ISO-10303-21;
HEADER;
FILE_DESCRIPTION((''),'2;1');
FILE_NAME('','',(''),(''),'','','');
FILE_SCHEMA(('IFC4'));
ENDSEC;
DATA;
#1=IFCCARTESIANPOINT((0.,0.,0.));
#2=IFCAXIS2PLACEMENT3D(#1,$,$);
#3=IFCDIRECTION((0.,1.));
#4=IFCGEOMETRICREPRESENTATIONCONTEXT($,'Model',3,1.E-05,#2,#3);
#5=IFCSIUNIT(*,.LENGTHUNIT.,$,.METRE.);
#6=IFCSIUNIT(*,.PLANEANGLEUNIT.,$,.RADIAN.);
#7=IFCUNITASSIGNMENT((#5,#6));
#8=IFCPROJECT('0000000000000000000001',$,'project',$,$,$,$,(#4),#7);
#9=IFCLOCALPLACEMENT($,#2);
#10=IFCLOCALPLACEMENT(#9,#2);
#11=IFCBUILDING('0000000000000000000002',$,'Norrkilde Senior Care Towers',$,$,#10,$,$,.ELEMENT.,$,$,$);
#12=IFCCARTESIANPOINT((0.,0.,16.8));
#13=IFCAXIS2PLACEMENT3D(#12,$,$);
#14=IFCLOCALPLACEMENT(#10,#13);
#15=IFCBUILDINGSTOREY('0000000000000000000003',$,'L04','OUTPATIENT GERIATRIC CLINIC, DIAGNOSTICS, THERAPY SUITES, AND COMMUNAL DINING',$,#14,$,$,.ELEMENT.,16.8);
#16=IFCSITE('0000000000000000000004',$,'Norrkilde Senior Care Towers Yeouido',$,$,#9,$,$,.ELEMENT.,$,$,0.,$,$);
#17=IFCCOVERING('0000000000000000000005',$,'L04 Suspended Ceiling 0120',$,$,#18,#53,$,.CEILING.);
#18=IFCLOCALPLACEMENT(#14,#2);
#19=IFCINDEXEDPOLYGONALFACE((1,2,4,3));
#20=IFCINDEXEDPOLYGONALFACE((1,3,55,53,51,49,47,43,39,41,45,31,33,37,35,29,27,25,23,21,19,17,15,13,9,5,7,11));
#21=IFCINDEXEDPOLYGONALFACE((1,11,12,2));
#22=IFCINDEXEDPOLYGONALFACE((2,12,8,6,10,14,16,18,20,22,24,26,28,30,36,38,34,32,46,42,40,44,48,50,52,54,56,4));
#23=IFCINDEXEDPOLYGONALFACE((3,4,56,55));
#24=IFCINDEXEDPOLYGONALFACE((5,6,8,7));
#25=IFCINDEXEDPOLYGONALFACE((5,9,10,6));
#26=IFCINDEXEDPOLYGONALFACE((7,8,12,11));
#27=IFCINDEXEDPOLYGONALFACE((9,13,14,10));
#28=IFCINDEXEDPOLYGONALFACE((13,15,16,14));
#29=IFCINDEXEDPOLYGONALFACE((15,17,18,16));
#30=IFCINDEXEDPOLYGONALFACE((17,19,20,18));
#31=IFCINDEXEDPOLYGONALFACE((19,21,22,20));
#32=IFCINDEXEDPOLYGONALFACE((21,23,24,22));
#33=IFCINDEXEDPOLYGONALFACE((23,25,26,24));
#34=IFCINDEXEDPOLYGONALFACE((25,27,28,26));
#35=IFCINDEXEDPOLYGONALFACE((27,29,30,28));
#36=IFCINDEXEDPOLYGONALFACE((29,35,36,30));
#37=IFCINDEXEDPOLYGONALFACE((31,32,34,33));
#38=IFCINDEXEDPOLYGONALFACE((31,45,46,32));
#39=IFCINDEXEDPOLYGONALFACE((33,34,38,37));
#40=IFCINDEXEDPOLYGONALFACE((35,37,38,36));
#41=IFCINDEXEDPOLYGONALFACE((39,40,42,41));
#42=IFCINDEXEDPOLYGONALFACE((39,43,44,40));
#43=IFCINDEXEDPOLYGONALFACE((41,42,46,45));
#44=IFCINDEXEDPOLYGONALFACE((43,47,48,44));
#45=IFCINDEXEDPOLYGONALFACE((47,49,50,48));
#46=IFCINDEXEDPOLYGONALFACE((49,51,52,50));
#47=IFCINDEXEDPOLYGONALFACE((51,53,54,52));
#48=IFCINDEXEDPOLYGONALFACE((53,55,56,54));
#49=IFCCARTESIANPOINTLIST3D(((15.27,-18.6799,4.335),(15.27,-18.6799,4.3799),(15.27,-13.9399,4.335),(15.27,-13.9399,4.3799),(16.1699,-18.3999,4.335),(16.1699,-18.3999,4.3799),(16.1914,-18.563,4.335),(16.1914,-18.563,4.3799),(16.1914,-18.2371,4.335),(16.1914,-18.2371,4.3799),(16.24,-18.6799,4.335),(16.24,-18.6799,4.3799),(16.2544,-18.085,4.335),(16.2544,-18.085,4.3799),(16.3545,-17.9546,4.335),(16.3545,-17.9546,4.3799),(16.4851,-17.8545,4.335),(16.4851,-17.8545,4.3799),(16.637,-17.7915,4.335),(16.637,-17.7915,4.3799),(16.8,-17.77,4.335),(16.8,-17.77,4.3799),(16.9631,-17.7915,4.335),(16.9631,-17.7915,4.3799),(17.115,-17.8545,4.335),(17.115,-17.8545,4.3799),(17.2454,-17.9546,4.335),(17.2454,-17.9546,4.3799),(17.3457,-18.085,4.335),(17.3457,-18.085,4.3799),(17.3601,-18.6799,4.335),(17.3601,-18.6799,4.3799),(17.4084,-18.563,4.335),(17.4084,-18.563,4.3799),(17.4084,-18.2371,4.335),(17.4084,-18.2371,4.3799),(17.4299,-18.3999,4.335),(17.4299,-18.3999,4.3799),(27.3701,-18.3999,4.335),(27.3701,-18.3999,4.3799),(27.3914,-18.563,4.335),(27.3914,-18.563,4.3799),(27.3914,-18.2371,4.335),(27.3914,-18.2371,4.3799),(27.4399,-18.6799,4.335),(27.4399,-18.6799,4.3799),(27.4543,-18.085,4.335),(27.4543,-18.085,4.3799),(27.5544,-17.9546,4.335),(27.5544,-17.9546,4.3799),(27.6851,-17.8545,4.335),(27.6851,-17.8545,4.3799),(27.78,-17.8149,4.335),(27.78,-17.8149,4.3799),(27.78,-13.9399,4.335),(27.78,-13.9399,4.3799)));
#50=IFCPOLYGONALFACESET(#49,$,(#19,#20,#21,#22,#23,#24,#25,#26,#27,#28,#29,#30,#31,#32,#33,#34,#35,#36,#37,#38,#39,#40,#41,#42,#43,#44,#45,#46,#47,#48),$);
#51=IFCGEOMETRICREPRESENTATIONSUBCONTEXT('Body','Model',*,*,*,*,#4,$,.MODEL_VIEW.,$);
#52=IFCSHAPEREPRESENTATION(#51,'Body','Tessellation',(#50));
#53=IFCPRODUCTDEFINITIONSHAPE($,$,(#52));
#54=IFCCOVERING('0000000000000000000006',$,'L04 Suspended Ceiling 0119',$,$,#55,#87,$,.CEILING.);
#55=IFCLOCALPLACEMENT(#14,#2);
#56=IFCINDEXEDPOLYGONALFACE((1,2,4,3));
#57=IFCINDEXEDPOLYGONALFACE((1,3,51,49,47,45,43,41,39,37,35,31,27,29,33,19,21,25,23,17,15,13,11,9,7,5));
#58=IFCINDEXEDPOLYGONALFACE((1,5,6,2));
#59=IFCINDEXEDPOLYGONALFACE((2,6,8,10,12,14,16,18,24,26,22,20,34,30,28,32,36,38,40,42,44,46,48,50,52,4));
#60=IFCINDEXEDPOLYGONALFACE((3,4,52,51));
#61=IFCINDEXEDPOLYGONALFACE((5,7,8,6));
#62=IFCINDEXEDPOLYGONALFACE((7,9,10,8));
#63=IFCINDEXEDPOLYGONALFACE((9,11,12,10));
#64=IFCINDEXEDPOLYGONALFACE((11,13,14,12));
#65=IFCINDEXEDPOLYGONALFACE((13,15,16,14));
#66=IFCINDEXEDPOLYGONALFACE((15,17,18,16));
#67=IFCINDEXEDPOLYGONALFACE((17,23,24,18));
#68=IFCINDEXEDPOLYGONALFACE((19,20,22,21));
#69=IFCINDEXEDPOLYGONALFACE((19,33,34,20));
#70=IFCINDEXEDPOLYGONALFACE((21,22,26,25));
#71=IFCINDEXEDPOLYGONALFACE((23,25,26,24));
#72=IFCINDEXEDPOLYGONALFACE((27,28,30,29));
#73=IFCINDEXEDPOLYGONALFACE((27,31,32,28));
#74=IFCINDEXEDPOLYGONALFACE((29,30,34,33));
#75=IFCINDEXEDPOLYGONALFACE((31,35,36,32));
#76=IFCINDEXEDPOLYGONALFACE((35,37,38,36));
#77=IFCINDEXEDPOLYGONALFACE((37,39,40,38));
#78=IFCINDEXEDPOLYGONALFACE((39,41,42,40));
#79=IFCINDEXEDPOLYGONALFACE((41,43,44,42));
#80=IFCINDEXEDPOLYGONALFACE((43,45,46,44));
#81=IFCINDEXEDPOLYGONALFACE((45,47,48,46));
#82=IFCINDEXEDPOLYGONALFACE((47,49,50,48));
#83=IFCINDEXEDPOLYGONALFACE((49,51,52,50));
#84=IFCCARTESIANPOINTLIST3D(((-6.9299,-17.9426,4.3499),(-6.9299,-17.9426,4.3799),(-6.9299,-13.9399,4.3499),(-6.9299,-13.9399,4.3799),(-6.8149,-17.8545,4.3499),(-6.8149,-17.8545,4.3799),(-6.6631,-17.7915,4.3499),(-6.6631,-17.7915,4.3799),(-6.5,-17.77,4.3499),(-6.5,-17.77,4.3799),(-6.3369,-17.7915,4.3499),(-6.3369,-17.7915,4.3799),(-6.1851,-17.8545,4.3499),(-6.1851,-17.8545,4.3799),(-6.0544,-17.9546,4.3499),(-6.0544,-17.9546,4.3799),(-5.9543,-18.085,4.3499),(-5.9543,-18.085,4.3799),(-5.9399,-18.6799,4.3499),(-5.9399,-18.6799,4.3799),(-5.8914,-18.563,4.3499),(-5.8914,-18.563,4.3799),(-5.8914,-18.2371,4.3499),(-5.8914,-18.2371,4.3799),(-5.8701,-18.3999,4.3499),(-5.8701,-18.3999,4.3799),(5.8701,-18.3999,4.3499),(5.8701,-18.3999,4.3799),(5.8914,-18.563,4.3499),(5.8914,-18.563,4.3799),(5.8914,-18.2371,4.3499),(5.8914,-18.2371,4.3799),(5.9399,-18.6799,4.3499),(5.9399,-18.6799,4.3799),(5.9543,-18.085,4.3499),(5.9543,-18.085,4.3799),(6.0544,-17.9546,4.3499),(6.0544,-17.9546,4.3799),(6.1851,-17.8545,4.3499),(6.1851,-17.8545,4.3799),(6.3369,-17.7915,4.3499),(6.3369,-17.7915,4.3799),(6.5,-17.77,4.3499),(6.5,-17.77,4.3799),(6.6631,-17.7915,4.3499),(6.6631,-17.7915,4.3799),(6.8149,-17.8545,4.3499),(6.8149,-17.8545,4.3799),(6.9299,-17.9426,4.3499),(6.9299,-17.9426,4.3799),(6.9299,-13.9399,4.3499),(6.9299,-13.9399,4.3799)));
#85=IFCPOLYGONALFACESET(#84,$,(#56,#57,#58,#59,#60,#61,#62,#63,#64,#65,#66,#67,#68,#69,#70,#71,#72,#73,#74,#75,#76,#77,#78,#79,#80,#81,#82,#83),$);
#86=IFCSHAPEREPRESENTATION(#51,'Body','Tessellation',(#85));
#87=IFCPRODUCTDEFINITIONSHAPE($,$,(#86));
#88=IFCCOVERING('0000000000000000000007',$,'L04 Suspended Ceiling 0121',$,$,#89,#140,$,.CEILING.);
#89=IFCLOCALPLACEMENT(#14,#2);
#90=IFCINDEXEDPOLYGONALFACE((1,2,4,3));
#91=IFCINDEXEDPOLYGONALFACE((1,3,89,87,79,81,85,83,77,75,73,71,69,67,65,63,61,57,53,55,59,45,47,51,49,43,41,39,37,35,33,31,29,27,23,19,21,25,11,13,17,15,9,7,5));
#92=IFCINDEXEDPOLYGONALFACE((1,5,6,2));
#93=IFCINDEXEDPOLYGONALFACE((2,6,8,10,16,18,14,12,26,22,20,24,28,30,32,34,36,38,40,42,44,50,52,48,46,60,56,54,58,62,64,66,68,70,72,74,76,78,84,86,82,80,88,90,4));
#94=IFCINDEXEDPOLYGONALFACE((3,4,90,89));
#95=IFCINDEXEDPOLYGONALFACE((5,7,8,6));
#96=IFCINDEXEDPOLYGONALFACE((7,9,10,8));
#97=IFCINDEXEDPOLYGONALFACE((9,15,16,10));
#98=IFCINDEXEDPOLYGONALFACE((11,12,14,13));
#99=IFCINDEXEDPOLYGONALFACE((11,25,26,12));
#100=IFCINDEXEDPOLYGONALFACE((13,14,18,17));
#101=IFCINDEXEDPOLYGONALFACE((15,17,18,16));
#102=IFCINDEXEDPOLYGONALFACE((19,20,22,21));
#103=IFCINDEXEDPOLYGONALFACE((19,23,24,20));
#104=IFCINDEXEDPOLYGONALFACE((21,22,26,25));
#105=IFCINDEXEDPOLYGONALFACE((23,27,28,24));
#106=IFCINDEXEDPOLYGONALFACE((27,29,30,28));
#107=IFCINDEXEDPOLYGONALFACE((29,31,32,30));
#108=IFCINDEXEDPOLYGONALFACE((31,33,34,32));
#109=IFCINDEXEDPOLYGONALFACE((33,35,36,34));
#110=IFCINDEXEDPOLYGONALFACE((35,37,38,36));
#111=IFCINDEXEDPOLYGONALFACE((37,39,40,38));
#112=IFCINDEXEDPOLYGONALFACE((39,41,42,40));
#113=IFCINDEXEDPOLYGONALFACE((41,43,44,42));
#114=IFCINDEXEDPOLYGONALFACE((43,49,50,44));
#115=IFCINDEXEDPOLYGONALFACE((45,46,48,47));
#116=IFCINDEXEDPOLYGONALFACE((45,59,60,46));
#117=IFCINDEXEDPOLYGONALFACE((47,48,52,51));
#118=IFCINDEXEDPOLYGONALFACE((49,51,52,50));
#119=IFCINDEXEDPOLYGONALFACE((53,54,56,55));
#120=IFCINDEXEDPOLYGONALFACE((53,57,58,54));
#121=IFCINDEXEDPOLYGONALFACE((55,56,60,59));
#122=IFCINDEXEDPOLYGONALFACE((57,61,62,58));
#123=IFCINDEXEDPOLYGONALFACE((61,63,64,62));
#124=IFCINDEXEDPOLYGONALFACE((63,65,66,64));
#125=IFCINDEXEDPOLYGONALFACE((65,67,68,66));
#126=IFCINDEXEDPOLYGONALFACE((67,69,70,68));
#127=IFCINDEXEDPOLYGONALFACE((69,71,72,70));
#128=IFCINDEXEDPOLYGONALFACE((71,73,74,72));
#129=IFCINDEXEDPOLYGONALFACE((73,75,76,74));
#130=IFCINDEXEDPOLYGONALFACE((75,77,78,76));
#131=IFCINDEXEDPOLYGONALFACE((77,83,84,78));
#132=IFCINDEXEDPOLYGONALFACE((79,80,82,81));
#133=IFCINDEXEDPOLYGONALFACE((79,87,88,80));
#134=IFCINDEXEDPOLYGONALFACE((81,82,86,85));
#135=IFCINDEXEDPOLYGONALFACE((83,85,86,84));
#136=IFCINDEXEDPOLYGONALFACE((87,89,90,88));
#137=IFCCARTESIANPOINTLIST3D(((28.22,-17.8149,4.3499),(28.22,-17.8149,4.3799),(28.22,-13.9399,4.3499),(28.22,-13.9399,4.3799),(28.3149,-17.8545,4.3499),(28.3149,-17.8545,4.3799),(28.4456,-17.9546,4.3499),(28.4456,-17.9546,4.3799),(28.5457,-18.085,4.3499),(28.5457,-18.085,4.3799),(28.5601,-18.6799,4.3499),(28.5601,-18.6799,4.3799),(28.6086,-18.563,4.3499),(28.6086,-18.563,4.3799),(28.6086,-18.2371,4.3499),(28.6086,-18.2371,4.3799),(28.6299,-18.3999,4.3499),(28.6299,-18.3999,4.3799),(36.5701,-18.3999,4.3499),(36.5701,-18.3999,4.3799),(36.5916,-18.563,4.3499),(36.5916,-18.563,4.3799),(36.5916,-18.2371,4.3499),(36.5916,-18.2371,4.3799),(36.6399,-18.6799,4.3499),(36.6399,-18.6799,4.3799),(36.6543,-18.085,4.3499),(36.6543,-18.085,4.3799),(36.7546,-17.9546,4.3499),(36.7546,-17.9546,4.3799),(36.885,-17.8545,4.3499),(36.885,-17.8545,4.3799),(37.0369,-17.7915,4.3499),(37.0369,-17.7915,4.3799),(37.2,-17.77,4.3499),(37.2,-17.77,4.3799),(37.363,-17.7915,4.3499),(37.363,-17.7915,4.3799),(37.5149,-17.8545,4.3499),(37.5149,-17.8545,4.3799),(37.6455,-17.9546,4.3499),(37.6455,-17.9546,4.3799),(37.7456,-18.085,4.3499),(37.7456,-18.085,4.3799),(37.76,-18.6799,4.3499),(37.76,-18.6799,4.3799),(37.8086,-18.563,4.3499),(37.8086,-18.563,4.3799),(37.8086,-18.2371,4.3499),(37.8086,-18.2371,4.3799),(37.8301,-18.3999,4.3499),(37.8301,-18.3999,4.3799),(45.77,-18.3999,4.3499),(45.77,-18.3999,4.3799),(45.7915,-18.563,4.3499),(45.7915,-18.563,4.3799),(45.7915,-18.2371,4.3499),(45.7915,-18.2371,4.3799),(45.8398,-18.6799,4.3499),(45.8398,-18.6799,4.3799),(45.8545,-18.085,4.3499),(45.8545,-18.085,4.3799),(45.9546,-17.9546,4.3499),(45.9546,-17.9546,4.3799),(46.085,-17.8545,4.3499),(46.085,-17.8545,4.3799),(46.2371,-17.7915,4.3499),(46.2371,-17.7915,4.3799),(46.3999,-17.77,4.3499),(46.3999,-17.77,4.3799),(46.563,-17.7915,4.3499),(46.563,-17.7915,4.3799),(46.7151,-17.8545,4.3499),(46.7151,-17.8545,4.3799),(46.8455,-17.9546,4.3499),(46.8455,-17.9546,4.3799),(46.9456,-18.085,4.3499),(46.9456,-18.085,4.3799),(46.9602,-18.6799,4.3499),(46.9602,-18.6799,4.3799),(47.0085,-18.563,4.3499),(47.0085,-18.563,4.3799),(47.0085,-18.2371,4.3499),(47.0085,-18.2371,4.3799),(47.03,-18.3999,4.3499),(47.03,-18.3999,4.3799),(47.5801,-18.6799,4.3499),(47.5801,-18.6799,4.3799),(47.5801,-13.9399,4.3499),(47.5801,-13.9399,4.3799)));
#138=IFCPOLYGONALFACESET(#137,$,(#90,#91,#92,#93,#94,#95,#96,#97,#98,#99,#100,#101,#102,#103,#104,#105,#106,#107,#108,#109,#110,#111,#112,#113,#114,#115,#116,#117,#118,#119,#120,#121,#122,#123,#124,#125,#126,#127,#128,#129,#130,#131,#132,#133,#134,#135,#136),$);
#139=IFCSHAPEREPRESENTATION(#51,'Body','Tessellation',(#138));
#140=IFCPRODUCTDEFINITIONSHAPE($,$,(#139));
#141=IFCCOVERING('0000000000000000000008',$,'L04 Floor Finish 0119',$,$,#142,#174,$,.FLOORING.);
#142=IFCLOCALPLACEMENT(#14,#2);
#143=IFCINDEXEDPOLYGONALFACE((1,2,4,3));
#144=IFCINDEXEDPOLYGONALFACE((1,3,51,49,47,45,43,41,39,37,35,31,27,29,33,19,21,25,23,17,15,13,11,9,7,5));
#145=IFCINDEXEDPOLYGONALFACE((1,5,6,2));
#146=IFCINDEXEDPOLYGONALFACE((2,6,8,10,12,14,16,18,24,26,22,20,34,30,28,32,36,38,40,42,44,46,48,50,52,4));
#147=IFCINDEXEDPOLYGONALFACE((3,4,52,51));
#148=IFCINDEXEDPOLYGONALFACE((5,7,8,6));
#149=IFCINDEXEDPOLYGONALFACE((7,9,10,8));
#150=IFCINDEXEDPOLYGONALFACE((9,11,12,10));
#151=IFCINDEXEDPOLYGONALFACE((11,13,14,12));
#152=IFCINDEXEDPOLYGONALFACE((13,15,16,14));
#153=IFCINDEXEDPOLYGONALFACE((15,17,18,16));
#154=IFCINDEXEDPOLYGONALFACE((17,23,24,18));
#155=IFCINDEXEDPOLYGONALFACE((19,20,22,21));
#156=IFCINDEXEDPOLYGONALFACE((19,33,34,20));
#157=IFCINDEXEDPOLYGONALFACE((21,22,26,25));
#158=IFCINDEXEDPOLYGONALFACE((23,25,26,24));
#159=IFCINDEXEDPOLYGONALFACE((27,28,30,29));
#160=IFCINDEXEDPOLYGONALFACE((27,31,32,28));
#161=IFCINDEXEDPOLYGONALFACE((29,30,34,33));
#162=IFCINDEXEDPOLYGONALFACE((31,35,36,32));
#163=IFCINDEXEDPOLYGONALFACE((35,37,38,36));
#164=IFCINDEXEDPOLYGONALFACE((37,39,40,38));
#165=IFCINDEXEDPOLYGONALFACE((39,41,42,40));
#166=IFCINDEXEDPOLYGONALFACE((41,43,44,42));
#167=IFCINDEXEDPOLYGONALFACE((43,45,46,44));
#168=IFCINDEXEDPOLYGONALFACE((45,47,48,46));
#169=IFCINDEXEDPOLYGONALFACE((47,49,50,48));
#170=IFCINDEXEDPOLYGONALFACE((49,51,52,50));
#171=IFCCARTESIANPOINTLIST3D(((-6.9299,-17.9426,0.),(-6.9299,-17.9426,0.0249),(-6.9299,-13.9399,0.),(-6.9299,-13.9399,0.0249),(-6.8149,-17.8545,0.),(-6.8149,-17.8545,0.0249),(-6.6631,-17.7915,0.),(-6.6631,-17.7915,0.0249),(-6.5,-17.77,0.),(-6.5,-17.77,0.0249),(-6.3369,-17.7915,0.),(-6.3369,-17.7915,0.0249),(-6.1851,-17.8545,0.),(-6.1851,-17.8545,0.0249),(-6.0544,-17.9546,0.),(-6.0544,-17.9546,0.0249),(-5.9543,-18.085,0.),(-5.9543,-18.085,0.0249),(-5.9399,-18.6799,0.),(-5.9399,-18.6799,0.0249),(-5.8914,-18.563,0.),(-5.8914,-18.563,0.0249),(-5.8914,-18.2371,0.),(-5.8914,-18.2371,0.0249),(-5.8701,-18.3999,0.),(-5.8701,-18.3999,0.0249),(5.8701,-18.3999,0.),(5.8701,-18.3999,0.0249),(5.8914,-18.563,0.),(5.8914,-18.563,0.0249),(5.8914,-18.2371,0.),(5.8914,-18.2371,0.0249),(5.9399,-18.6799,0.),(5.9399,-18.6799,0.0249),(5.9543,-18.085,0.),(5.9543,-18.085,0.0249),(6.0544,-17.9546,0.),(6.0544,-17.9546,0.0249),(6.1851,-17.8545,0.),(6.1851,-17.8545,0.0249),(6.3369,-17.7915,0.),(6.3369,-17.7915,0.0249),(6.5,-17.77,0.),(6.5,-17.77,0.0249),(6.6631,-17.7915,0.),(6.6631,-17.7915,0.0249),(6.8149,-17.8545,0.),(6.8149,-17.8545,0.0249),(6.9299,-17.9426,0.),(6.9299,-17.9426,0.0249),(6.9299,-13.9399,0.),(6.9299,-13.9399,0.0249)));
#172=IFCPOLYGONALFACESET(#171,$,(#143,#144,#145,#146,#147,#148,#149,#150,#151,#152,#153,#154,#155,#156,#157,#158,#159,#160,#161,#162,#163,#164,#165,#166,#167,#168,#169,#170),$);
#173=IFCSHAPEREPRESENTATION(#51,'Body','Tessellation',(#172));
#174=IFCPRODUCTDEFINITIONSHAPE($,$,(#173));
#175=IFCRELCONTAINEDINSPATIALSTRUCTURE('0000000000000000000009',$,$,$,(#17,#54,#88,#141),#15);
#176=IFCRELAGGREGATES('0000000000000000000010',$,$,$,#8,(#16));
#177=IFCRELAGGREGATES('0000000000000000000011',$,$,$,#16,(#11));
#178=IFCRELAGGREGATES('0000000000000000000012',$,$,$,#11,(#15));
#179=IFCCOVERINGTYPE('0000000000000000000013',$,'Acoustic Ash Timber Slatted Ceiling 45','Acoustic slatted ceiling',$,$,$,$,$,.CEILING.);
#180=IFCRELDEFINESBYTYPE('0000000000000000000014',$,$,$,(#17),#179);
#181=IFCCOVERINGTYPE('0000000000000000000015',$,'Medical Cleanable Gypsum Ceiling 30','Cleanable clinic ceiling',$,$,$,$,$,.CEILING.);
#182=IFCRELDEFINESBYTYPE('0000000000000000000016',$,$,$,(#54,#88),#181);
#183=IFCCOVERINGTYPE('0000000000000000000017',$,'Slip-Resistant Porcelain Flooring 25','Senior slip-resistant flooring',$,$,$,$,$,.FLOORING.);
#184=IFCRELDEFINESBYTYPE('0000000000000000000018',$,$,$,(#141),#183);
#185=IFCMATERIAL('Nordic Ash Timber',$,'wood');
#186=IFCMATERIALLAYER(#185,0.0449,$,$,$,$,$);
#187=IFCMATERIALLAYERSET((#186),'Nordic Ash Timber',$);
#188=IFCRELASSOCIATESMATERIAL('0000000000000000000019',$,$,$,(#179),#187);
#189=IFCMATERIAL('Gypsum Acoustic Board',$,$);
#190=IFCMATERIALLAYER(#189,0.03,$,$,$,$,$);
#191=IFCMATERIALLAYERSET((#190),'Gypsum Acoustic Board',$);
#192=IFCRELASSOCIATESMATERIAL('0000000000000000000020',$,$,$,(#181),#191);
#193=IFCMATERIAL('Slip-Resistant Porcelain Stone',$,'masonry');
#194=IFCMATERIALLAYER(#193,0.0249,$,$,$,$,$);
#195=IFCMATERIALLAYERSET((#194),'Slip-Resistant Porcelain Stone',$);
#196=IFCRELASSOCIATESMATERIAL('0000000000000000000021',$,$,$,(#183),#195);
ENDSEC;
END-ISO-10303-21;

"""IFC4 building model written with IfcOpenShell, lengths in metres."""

from ifc_helpers import new_model, si_unit, direction, frame, origin, place, context, subcontext, project, spatial, polyline, outline, extrude, material, layer, layer_set, type_object, element, save


model = new_model("IFC4")

# Units and contexts
model_context = context("Model", 3, precision=1e-05, world=origin(), true_north=direction((0.0, 1.0)))
body_context = subcontext(model_context, "Body", "Model", "MODEL_VIEW")
ifc_project = project(units=[si_unit("LENGTHUNIT", "METRE"), si_unit("PLANEANGLEUNIT", "RADIAN")], contexts=[model_context])

# Site, building, storey
site_placement = place(None, origin())
site = spatial("IfcSite", under=ifc_project, at=site_placement, Name="Norrkilde Senior Care Towers Yeouido", CompositionType="ELEMENT", RefElevation=0.0)
building_placement = place(site_placement, origin())
building = spatial("IfcBuilding", under=site, at=building_placement, Name="Norrkilde Senior Care Towers", CompositionType="ELEMENT")
storey_placement = place(building_placement, frame((0.0, 0.0, 16.8)))
storey = spatial("IfcBuildingStorey", under=building, at=storey_placement, Name="L04", Description="OUTPATIENT GERIATRIC CLINIC, DIAGNOSTICS, THERAPY SUITES, AND COMMUNAL DINING", CompositionType="ELEMENT", Elevation=16.8)

# Shared definitions
ifc_material_1 = material(Name="Gypsum Acoustic Board")

# Coverings
ifc_material_2 = material(Name="Nordic Ash Timber", Category="wood")
ifc_layer_1 = layer(ifc_material_2, 0.0449)
ifc_layer_set_1 = layer_set([ifc_layer_1], Name="Nordic Ash Timber")
covering_type_1 = type_object("IfcCoveringType", Name="Acoustic Ash Timber Slatted Ceiling 45", Description="Acoustic slatted ceiling", PredefinedType="CEILING", material=ifc_layer_set_1)
covering_1_placement = place(storey_placement, frame((0.0, 0.0, 4.335)))
element("IfcCovering", 1, at=covering_1_placement, inside=storey, type_object=covering_type_1, Name="L04 Suspended Ceiling 0120", PredefinedType="CEILING", context=body_context, shape_type="SweptSolid", body=[
    extrude(outline(polyline([(17.3601, -18.6799), (17.4084, -18.563), (17.4299, -18.3999), (17.4084, -18.2371), (17.3457, -18.085), (17.2454, -17.9546), (17.115, -17.8545), (16.9631, -17.7915), (16.8, -17.77), (16.637, -17.7915), (16.4851, -17.8545), (16.3545, -17.9546), (16.2544, -18.085), (16.1914, -18.2371), (16.1699, -18.3999), (16.1914, -18.563), (16.24, -18.6799), (15.27, -18.6799), (15.27, -13.9399), (27.78, -13.9399), (27.78, -17.8149), (27.6851, -17.8545), (27.5544, -17.9546), (27.4543, -18.085), (27.3914, -18.2371), (27.3701, -18.3999), (27.3914, -18.563), (27.4399, -18.6799), (17.3601, -18.6799)])), origin(), (0.0, 0.0, 1.0), 0.0449),
])
ifc_layer_2 = layer(ifc_material_1, 0.03)
ifc_layer_set_2 = layer_set([ifc_layer_2], Name="Gypsum Acoustic Board")
covering_type_2 = type_object("IfcCoveringType", Name="Medical Cleanable Gypsum Ceiling 30", Description="Cleanable clinic ceiling", PredefinedType="CEILING", material=ifc_layer_set_2)
covering_2_placement = place(storey_placement, frame((0.0, 0.0, 4.3499)))
element("IfcCovering", 2, at=covering_2_placement, inside=storey, type_object=covering_type_2, Name="L04 Suspended Ceiling 0119", PredefinedType="CEILING", context=body_context, shape_type="SweptSolid", body=[
    extrude(outline(polyline([(-5.9399, -18.6799), (-5.8914, -18.563), (-5.8701, -18.3999), (-5.8914, -18.2371), (-5.9543, -18.085), (-6.0544, -17.9546), (-6.1851, -17.8545), (-6.3369, -17.7915), (-6.5, -17.77), (-6.6631, -17.7915), (-6.8149, -17.8545), (-6.9299, -17.9426), (-6.9299, -13.9399), (6.9299, -13.9399), (6.9299, -17.9426), (6.8149, -17.8545), (6.6631, -17.7915), (6.5, -17.77), (6.3369, -17.7915), (6.1851, -17.8545), (6.0544, -17.9546), (5.9543, -18.085), (5.8914, -18.2371), (5.8701, -18.3999), (5.8914, -18.563), (5.9399, -18.6799), (-5.9399, -18.6799)])), origin(), (0.0, 0.0, 1.0), 0.03),
])
covering_3_placement = place(storey_placement, frame((0.0, 0.0, 4.3499)))
element("IfcCovering", 3, at=covering_3_placement, inside=storey, type_object=covering_type_2, Name="L04 Suspended Ceiling 0121", PredefinedType="CEILING", context=body_context, shape_type="SweptSolid", body=[
    extrude(outline(polyline([(37.8086, -18.563), (37.8301, -18.3999), (37.8086, -18.2371), (37.7456, -18.085), (37.6455, -17.9546), (37.5149, -17.8545), (37.363, -17.7915), (37.2, -17.77), (37.0369, -17.7915), (36.885, -17.8545), (36.7546, -17.9546), (36.6543, -18.085), (36.5916, -18.2371), (36.5701, -18.3999), (36.5916, -18.563), (36.6399, -18.6799), (28.5601, -18.6799), (28.6086, -18.563), (28.6299, -18.3999), (28.6086, -18.2371), (28.5457, -18.085), (28.4456, -17.9546), (28.3149, -17.8545), (28.22, -17.8149), (28.22, -13.9399), (47.5801, -13.9399), (47.5801, -18.6799), (46.9602, -18.6799), (47.0085, -18.563), (47.03, -18.3999), (47.0085, -18.2371), (46.9456, -18.085), (46.8455, -17.9546), (46.7151, -17.8545), (46.563, -17.7915), (46.3999, -17.77), (46.2371, -17.7915), (46.085, -17.8545), (45.9546, -17.9546), (45.8545, -18.085), (45.7915, -18.2371), (45.77, -18.3999), (45.7915, -18.563), (45.8398, -18.6799), (37.76, -18.6799), (37.8086, -18.563)])), origin(), (0.0, 0.0, 1.0), 0.03),
])
ifc_material_3 = material(Name="Slip-Resistant Porcelain Stone", Category="masonry")
ifc_layer_3 = layer(ifc_material_3, 0.0249)
ifc_layer_set_3 = layer_set([ifc_layer_3], Name="Slip-Resistant Porcelain Stone")
covering_type_3 = type_object("IfcCoveringType", Name="Slip-Resistant Porcelain Flooring 25", Description="Senior slip-resistant flooring", PredefinedType="FLOORING", material=ifc_layer_set_3)
covering_4_placement = place(storey_placement, origin())
element("IfcCovering", 4, at=covering_4_placement, inside=storey, type_object=covering_type_3, Name="L04 Floor Finish 0119", PredefinedType="FLOORING", context=body_context, shape_type="SweptSolid", body=[
    extrude(outline(polyline([(-5.9399, -18.6799), (-5.8914, -18.563), (-5.8701, -18.3999), (-5.8914, -18.2371), (-5.9543, -18.085), (-6.0544, -17.9546), (-6.1851, -17.8545), (-6.3369, -17.7915), (-6.5, -17.77), (-6.6631, -17.7915), (-6.8149, -17.8545), (-6.9299, -17.9426), (-6.9299, -13.9399), (6.9299, -13.9399), (6.9299, -17.9426), (6.8149, -17.8545), (6.6631, -17.7915), (6.5, -17.77), (6.3369, -17.7915), (6.1851, -17.8545), (6.0544, -17.9546), (5.9543, -18.085), (5.8914, -18.2371), (5.8701, -18.3999), (5.8914, -18.563), (5.9399, -18.6799), (-5.9399, -18.6799)])), origin(), (0.0, 0.0, 1.0), 0.0249),
])

save(model, "model.ifc")
